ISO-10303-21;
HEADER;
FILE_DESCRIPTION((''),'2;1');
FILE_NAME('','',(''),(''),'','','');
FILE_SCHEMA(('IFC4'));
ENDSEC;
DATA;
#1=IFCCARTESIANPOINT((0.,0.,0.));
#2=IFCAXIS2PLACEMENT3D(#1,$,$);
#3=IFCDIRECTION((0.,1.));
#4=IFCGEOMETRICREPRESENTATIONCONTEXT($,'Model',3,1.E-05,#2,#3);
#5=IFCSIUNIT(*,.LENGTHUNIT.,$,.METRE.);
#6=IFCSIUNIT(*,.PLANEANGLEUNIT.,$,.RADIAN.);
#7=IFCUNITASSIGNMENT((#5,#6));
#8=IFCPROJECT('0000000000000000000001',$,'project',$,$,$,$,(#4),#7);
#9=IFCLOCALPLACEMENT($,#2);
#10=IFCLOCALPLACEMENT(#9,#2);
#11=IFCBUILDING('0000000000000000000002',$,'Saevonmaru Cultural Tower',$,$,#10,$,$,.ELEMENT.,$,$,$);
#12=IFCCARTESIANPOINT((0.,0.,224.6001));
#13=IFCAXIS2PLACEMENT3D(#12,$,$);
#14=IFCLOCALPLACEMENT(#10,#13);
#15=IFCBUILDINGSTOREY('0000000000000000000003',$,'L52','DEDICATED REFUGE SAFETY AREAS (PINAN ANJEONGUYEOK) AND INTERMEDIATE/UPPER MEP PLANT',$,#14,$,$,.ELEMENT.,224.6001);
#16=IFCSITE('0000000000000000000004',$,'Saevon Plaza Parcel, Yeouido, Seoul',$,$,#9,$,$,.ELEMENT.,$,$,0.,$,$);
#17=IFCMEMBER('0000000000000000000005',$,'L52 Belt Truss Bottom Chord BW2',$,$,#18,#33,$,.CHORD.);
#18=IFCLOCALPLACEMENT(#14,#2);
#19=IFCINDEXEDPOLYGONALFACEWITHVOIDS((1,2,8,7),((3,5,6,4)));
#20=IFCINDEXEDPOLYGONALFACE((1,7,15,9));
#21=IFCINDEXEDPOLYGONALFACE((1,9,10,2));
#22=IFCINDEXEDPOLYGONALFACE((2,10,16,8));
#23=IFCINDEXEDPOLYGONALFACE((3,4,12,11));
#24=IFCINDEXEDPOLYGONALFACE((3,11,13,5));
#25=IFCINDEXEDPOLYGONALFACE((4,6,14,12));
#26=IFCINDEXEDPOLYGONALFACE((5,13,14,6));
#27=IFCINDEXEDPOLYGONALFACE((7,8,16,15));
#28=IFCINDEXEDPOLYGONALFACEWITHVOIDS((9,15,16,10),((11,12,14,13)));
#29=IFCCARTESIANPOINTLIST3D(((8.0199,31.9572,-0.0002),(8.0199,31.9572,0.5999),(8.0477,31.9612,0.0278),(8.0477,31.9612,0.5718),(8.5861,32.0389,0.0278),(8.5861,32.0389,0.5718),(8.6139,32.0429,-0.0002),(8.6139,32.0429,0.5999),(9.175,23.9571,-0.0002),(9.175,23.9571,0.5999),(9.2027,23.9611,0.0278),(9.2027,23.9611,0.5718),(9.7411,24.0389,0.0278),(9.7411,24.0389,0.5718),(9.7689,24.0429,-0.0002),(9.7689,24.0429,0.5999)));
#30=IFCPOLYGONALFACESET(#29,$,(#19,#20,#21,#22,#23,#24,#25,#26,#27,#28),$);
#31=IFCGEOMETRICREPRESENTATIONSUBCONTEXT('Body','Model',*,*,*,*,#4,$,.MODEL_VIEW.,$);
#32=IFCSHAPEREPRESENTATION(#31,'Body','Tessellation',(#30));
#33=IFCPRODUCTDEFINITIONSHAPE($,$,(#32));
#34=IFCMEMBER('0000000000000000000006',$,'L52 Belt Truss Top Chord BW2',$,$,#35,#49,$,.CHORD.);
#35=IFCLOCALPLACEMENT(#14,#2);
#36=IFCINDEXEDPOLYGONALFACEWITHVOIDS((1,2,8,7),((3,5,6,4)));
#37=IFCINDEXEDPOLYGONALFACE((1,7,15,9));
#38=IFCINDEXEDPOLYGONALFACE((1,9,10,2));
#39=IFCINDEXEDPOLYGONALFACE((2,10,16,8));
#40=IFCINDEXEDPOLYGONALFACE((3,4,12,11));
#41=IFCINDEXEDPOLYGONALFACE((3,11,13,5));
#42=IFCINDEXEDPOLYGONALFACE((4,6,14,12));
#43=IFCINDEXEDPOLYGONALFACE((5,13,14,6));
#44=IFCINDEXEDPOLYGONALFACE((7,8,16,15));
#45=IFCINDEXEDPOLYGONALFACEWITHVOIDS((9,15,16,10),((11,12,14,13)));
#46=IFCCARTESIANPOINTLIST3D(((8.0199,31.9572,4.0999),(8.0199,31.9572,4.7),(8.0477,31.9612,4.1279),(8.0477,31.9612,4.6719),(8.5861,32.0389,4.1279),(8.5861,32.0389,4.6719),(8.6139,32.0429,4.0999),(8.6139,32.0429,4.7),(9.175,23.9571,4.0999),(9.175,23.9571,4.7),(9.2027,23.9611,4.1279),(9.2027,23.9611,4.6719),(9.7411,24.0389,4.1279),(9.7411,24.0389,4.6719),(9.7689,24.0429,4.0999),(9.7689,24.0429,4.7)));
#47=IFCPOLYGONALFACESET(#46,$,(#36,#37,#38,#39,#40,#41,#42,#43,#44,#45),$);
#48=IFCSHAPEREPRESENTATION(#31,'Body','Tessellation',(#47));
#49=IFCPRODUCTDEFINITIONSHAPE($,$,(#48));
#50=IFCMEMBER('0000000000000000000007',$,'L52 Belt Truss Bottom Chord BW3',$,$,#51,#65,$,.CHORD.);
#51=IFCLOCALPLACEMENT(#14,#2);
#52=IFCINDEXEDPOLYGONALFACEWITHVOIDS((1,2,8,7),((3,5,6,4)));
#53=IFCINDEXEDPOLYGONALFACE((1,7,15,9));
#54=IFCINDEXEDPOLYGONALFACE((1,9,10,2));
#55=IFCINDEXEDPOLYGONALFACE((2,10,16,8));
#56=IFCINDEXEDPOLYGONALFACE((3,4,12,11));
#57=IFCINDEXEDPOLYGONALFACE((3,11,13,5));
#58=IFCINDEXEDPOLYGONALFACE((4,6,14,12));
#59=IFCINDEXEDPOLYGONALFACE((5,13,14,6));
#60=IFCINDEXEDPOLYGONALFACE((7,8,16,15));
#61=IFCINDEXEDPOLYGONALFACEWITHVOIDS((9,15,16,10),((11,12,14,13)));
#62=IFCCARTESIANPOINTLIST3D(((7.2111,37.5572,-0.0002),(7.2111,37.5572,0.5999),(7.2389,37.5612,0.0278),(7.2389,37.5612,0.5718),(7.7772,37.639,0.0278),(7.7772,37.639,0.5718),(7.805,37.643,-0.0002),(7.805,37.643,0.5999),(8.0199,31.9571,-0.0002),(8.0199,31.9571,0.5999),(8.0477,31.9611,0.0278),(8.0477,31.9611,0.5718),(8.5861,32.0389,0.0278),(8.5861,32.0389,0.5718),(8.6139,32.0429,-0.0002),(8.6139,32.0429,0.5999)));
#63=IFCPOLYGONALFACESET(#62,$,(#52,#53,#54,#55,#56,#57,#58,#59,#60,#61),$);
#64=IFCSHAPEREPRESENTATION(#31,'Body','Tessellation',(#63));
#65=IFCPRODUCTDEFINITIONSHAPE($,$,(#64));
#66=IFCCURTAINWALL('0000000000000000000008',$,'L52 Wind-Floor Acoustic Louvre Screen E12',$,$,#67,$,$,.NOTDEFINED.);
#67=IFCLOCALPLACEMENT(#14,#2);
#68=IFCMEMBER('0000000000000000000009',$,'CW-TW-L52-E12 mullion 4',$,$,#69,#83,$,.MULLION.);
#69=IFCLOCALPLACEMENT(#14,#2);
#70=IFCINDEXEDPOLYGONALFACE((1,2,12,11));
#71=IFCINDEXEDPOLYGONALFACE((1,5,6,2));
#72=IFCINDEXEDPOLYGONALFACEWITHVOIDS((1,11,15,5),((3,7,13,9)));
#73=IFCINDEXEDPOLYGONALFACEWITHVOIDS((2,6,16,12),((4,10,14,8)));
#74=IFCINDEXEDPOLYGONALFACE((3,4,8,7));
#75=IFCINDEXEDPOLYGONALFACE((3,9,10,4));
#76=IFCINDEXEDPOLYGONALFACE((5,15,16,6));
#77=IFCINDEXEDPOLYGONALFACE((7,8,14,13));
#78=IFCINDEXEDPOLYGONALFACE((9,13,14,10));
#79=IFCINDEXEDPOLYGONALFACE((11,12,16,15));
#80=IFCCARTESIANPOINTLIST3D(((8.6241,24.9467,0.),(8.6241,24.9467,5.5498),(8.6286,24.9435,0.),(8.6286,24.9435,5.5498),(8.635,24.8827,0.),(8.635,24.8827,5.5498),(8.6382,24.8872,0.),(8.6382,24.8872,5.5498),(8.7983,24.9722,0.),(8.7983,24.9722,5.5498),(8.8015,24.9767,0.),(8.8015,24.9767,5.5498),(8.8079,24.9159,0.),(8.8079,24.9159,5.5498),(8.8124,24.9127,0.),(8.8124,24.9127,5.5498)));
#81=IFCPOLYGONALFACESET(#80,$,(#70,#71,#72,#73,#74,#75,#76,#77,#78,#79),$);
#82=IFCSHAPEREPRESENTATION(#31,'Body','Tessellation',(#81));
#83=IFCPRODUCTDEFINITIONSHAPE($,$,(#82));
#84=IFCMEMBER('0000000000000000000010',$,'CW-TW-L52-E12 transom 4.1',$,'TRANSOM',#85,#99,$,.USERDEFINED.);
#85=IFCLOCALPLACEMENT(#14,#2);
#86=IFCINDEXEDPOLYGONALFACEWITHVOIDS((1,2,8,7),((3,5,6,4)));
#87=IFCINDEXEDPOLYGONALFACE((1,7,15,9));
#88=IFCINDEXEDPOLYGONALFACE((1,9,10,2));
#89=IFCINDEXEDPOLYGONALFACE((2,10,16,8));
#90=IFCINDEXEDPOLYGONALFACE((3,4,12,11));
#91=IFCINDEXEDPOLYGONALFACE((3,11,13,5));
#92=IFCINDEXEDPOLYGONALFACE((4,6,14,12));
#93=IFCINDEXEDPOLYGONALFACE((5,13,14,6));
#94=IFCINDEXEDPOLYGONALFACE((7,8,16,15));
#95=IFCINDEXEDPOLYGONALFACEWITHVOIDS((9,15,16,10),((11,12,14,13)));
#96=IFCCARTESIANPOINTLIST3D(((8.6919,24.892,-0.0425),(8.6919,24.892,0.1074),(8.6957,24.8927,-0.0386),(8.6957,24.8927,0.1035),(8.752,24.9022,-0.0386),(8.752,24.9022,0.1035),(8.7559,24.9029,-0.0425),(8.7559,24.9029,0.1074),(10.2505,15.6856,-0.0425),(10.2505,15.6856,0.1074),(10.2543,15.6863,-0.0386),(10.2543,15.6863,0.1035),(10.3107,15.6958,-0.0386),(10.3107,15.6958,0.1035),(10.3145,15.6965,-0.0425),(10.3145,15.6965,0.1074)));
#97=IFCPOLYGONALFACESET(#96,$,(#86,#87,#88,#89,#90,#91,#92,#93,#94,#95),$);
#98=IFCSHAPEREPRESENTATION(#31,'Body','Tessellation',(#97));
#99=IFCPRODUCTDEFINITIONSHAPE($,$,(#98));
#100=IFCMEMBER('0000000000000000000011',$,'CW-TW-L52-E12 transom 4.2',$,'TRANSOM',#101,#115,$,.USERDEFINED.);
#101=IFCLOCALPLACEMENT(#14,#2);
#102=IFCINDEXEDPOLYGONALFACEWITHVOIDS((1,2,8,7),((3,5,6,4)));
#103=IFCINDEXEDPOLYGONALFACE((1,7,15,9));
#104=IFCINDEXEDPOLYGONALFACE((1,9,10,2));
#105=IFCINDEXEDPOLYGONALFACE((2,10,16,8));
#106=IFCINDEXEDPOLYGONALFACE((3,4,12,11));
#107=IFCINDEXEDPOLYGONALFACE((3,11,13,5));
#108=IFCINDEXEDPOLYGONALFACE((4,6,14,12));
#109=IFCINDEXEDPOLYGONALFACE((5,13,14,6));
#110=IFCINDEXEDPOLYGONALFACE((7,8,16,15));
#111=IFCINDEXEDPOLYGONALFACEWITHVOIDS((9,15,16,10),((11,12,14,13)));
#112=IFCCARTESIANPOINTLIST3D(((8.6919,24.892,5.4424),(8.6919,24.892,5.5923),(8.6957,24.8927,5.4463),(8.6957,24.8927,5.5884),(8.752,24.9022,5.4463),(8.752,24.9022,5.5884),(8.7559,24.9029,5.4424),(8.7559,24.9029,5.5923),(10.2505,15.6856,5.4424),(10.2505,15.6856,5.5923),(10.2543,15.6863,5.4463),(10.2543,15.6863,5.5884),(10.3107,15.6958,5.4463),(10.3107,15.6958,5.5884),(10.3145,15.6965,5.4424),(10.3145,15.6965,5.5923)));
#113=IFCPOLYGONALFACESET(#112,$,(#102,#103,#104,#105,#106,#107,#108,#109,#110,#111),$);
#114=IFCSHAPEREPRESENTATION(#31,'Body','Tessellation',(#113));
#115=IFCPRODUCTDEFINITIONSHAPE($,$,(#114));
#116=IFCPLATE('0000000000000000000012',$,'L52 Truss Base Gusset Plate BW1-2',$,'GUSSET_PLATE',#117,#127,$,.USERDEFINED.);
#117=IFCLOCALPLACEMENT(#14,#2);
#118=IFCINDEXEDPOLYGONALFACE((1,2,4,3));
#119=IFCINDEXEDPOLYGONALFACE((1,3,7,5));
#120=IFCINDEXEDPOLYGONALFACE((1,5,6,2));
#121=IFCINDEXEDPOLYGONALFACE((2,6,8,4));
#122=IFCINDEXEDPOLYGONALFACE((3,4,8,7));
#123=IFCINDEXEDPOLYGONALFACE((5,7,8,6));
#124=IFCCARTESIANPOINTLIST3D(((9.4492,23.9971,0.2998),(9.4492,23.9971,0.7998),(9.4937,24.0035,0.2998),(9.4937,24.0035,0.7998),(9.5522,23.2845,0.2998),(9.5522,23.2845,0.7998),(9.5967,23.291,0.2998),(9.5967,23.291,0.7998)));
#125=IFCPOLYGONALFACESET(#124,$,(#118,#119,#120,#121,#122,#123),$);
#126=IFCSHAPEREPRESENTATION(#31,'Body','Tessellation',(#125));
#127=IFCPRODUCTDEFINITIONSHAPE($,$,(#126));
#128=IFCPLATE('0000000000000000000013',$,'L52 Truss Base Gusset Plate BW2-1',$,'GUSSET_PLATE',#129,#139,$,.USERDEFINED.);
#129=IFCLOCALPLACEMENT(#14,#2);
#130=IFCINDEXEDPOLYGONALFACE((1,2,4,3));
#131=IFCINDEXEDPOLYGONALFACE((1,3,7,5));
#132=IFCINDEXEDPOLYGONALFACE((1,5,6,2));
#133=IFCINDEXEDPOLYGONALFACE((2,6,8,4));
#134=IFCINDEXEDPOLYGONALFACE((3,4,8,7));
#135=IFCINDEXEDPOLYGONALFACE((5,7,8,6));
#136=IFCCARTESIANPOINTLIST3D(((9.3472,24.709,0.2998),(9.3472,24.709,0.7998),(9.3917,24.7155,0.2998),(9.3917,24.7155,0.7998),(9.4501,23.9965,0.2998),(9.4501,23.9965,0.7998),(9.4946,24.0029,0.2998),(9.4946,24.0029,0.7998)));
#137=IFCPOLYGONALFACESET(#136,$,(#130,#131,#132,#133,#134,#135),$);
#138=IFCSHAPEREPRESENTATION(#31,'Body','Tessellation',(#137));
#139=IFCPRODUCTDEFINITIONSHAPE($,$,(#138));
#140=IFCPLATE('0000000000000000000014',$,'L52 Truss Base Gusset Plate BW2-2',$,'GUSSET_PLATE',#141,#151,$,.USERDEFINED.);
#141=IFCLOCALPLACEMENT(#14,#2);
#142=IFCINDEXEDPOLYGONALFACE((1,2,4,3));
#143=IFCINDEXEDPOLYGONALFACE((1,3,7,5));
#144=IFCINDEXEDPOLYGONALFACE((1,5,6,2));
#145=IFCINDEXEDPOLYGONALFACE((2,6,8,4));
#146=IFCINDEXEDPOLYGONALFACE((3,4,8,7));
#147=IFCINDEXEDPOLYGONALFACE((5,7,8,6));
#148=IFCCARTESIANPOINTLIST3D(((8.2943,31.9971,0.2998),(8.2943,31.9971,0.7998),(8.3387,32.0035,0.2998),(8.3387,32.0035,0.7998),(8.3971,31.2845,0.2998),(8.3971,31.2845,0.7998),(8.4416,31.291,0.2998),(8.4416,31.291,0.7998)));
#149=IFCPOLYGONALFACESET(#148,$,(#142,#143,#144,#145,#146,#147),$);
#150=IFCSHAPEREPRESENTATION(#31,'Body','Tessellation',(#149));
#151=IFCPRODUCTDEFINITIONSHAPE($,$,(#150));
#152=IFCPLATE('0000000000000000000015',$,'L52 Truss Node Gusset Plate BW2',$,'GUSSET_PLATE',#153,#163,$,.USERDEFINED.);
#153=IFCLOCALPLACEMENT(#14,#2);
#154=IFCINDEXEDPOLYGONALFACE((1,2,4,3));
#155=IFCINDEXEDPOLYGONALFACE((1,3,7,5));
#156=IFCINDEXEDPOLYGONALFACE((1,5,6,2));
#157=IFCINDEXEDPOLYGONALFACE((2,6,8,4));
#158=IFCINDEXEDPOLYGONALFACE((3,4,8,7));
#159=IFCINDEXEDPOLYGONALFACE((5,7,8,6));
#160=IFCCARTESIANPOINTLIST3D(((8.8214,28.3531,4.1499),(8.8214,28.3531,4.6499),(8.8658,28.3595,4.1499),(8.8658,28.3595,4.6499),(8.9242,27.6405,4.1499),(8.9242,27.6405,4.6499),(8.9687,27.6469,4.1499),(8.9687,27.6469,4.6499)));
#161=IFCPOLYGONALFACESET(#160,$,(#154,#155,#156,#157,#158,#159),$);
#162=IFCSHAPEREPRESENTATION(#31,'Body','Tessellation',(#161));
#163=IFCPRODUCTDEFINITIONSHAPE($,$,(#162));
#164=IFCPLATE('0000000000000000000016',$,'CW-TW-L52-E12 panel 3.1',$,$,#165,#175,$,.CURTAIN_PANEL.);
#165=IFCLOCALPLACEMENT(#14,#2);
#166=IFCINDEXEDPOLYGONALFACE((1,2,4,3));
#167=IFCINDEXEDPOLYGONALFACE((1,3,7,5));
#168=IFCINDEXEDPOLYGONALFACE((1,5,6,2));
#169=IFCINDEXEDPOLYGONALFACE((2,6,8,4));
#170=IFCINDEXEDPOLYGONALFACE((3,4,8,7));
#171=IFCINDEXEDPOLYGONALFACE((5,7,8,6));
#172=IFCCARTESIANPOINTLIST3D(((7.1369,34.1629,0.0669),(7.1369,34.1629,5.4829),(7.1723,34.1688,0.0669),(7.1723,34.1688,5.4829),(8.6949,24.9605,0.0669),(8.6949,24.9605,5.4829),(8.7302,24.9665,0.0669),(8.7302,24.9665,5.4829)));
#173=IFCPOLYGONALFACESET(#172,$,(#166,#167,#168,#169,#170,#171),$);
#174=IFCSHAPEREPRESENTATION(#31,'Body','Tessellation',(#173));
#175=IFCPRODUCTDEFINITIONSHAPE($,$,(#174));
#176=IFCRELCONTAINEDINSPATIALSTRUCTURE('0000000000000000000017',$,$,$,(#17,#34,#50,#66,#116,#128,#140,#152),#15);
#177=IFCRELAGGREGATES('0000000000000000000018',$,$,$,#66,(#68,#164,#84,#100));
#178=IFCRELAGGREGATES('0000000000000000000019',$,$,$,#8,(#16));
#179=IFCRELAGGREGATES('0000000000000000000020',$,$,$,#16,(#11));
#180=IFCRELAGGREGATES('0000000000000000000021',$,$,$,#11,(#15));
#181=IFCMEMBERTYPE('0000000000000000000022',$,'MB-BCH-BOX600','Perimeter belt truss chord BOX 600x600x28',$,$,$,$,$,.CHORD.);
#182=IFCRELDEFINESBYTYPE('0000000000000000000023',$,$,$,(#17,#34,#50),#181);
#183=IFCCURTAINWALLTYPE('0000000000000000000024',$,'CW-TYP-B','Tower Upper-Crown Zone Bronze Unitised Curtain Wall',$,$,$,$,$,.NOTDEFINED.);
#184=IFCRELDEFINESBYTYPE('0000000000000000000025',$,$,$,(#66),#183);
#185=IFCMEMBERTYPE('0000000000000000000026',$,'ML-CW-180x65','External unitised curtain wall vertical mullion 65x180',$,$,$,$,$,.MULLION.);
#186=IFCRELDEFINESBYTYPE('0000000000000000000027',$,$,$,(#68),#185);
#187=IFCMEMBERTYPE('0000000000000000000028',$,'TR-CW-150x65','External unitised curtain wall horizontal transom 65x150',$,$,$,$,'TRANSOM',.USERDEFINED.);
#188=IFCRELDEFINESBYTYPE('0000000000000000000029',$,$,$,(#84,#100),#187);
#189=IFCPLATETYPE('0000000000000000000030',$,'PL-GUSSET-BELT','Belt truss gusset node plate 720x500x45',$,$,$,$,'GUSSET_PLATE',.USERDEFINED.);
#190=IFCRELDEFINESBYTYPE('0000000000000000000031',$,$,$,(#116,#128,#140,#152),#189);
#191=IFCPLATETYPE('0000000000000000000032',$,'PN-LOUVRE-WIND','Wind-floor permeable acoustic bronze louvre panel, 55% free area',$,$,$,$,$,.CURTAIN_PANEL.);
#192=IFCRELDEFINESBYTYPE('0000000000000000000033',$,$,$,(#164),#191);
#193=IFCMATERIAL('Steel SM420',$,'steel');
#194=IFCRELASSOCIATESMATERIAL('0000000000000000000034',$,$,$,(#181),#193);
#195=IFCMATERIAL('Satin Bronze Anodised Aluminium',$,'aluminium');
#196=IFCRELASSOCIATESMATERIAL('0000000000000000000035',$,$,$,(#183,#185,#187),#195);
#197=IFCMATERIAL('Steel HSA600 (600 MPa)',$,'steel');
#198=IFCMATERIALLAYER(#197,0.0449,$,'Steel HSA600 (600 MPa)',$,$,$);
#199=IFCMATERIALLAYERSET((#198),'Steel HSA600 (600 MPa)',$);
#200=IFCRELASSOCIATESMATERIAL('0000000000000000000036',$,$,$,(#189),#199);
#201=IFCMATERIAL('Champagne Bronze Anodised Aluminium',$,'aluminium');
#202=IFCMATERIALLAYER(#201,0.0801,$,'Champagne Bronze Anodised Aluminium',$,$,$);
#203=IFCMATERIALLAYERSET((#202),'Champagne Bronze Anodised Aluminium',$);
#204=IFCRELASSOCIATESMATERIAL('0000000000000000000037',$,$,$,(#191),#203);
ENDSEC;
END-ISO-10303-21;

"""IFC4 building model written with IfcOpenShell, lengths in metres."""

from ifc_helpers import new_model, si_unit, direction, frame, origin, origin_2d, place, context, subcontext, project, spatial, rectangle, hollow_rectangle, extrude, material, layer, layer_set, material_profile, profile_set, type_object, element, aggregate, save


model = new_model("IFC4")

# Units and contexts
model_context = context("Model", 3, precision=1e-05, world=origin(), true_north=direction((0.0, 1.0)))
body_context = subcontext(model_context, "Body", "Model", "MODEL_VIEW")
ifc_project = project(units=[si_unit("LENGTHUNIT", "METRE"), si_unit("PLANEANGLEUNIT", "RADIAN")], contexts=[model_context])

# Site, building, storey
site_placement = place(None, origin())
site = spatial("IfcSite", under=ifc_project, at=site_placement, Name="Saevon Plaza Parcel, Yeouido, Seoul", CompositionType="ELEMENT", RefElevation=0.0)
building_placement = place(site_placement, origin())
building = spatial("IfcBuilding", under=site, at=building_placement, Name="Saevonmaru Cultural Tower", CompositionType="ELEMENT")
storey_placement = place(building_placement, frame((0.0, 0.0, 224.6001)))
storey = spatial("IfcBuildingStorey", under=building, at=storey_placement, Name="L52", Description="DEDICATED REFUGE SAFETY AREAS (PINAN ANJEONGUYEOK) AND INTERMEDIATE/UPPER MEP PLANT", CompositionType="ELEMENT", Elevation=224.6001)

# Shared definitions
ifc_material_1 = material(Name="Steel SM420", Category="steel")

# Shared definitions
ifc_material_2 = material(Name="Steel HSA600 (600 MPa)", Category="steel")

# Members
ifc_material_profile_1 = material_profile(ifc_material_1, hollow_rectangle(XDim=0.6001, YDim=0.6001, WallThickness=0.0281, at=origin_2d()), Name="BOX-600x600x28")
ifc_profile_set_1 = profile_set([ifc_material_profile_1], Name="Steel SM420")
member_type_1 = type_object("IfcMemberType", Name="MB-BCH-BOX600", Description="Perimeter belt truss chord BOX 600x600x28", PredefinedType="CHORD", material=ifc_profile_set_1)
for number, where, z_axis, x_axis, name in (
    (1, (9.4719, 24.0, 0.2998), (-0.142897, 0.989738, 0.0), (-0.989738, -0.142897, 0.0), "L52 Belt Truss Bottom Chord BW2"),
    (2, (9.4719, 24.0, 4.3999), (-0.142897, 0.989738, 0.0), (-0.989738, -0.142897, 0.0), "L52 Belt Truss Top Chord BW2"),
):
    element("IfcMember", number, at=place(storey_placement, frame(where, z_axis=z_axis, x_axis=x_axis)), inside=storey, type_object=member_type_1, Name=name, PredefinedType="CHORD", context=body_context, shape_type="SweptSolid", body=[
        extrude(hollow_rectangle(XDim=0.6001, YDim=0.6001, WallThickness=0.0281, at=origin_2d()), origin(), (0.0, 0.0, 1.0), 8.083),
    ])
member_1_placement = place(storey_placement, frame((8.3169, 32.0, 0.2998), z_axis=(-0.142949, 0.98973, 0.0), x_axis=(-0.98973, -0.142949, 0.0)))
element("IfcMember", 3, at=member_1_placement, inside=storey, type_object=member_type_1, Name="L52 Belt Truss Bottom Chord BW3", PredefinedType="CHORD", context=body_context, shape_type="SweptSolid", body=[
    extrude(hollow_rectangle(XDim=0.6001, YDim=0.6001, WallThickness=0.0281, at=origin_2d()), origin(), (0.0, 0.0, 1.0), 5.6582),
])

# Curtain wall, members
ifc_material_3 = material(Name="Satin Bronze Anodised Aluminium", Category="aluminium")
curtain_wall_type = type_object("IfcCurtainWallType", Name="CW-TYP-B", Description="Tower Upper-Crown Zone Bronze Unitised Curtain Wall", PredefinedType="NOTDEFINED", material=ifc_material_3)
curtain_wall_placement = place(storey_placement, origin())
curtain_wall = element("IfcCurtainWall", 4, at=curtain_wall_placement, inside=storey, type_object=curtain_wall_type, Name="L52 Wind-Floor Acoustic Louvre Screen E12", PredefinedType="NOTDEFINED")
ifc_material_profile_2 = material_profile(ifc_material_3, hollow_rectangle(XDim=0.0649, YDim=0.1799, WallThickness=0.0039, at=origin_2d()), Name="ALU-MULL-180x65x4")
ifc_profile_set_2 = profile_set([ifc_material_profile_2], Name="Satin Bronze Anodised Aluminium")
member_type_2 = type_object("IfcMemberType", Name="ML-CW-180x65", Description="External unitised curtain wall vertical mullion 65x180", PredefinedType="MULLION", material=ifc_profile_set_2)
member_2_placement = place(storey_placement, frame((8.7183, 24.9297, 0.0), z_axis=(0.0, 0.0, 1.0), x_axis=(0.166922, -0.98597, 0.0)))
member_2 = element("IfcMember", 5, at=member_2_placement, type_object=member_type_2, Name="CW-TW-L52-E12 mullion 4", PredefinedType="MULLION", context=body_context, shape_type="SweptSolid", body=[
    extrude(hollow_rectangle(XDim=0.0649, YDim=0.1799, WallThickness=0.0039, at=origin_2d()), origin(), (0.0, 0.0, 1.0), 5.5498),
])
ifc_material_profile_3 = material_profile(ifc_material_3, hollow_rectangle(XDim=0.0649, YDim=0.1499, WallThickness=0.0039, at=origin_2d()), Name="ALU-TRAN-150x65x4")
ifc_profile_set_3 = profile_set([ifc_material_profile_3], Name="Satin Bronze Anodised Aluminium")
member_type_3 = type_object("IfcMemberType", Name="TR-CW-150x65", Description="External unitised curtain wall horizontal transom 65x150", ElementType="TRANSOM", PredefinedType="USERDEFINED", material=ifc_profile_set_3)
member_3_placement = place(storey_placement, frame((8.7239, 24.8975, 0.0325), z_axis=(0.166921, -0.98597, 0.0), x_axis=(0.98597, 0.166921, 0.0)))
member_3 = element("IfcMember", 6, at=member_3_placement, type_object=member_type_3, Name="CW-TW-L52-E12 transom 4.1", ObjectType="TRANSOM", PredefinedType="USERDEFINED", context=body_context, shape_type="SweptSolid", body=[
    extrude(hollow_rectangle(XDim=0.0649, YDim=0.1499, WallThickness=0.0039, at=origin_2d()), origin(), (0.0, 0.0, 1.0), 9.3374),
])
member_4_placement = place(storey_placement, frame((8.7239, 24.8975, 5.5173), z_axis=(0.166921, -0.98597, 0.0), x_axis=(0.98597, 0.166921, 0.0)))
member_4 = element("IfcMember", 7, at=member_4_placement, type_object=member_type_3, Name="CW-TW-L52-E12 transom 4.2", ObjectType="TRANSOM", PredefinedType="USERDEFINED", context=body_context, shape_type="SweptSolid", body=[
    extrude(hollow_rectangle(XDim=0.0649, YDim=0.1499, WallThickness=0.0039, at=origin_2d()), origin(), (0.0, 0.0, 1.0), 9.3374),
])

# Plates
ifc_layer_1 = layer(ifc_material_2, 0.0449, Name="Steel HSA600 (600 MPa)")
ifc_layer_set_1 = layer_set([ifc_layer_1], Name="Steel HSA600 (600 MPa)")
plate_type_1 = type_object("IfcPlateType", Name="PL-GUSSET-BELT", Description="Belt truss gusset node plate 720x500x45", ElementType="GUSSET_PLATE", PredefinedType="USERDEFINED", material=ifc_layer_set_1)
for number, where, z_axis, x_axis, name in (
    (8, (9.5229, 23.644, 0.2998), (0.0, 0.0, 1.0), (-0.143009, 0.989721, 0.0), "L52 Truss Base Gusset Plate BW1-2"),
    (9, (9.4209, 24.356, 0.2998), (0.0, 0.0, 1.0), (-0.142888, 0.989739, 0.0), "L52 Truss Base Gusset Plate BW2-1"),
    (10, (8.3679, 31.644, 0.2998), (0.0, 0.0, 1.0), (-0.142888, 0.989739, 0.0), "L52 Truss Base Gusset Plate BW2-2"),
    (11, (8.895, 28.0, 4.1499), (0.0, 0.0, 1.0), (-0.142888, 0.989739, 0.0), "L52 Truss Node Gusset Plate BW2"),
):
    element("IfcPlate", number, at=place(storey_placement, frame(where, z_axis=z_axis, x_axis=x_axis)), inside=storey, type_object=plate_type_1, Name=name, ObjectType="GUSSET_PLATE", PredefinedType="USERDEFINED", context=body_context, shape_type="SweptSolid", body=[
        extrude(rectangle(XDim=0.72, YDim=0.0449, at=origin_2d()), origin(), (0.0, 0.0, 1.0), 0.5),
    ])

# Plate
ifc_material_4 = material(Name="Champagne Bronze Anodised Aluminium", Category="aluminium")
ifc_layer_2 = layer(ifc_material_4, 0.0801, Name="Champagne Bronze Anodised Aluminium")
ifc_layer_set_2 = layer_set([ifc_layer_2], Name="Champagne Bronze Anodised Aluminium")
plate_type_2 = type_object("IfcPlateType", Name="PN-LOUVRE-WIND", Description="Wind-floor permeable acoustic bronze louvre panel, 55% free area", PredefinedType="CURTAIN_PANEL", material=ifc_layer_set_2)
plate_placement = place(storey_placement, frame((7.9336, 29.5647, 0.0669), z_axis=(0.0, 0.0, 1.0), x_axis=(0.166922, -0.98597, 0.0)))
plate = element("IfcPlate", 12, at=plate_placement, type_object=plate_type_2, Name="CW-TW-L52-E12 panel 3.1", PredefinedType="CURTAIN_PANEL", context=body_context, shape_type="SweptSolid", body=[
    extrude(rectangle(XDim=9.3333, YDim=0.0359, at=origin_2d()), origin(), (0.0, 0.0, 1.0), 5.416),
])
aggregate(curtain_wall, [member_2, plate, member_3, member_4])

save(model, "model.ifc")
